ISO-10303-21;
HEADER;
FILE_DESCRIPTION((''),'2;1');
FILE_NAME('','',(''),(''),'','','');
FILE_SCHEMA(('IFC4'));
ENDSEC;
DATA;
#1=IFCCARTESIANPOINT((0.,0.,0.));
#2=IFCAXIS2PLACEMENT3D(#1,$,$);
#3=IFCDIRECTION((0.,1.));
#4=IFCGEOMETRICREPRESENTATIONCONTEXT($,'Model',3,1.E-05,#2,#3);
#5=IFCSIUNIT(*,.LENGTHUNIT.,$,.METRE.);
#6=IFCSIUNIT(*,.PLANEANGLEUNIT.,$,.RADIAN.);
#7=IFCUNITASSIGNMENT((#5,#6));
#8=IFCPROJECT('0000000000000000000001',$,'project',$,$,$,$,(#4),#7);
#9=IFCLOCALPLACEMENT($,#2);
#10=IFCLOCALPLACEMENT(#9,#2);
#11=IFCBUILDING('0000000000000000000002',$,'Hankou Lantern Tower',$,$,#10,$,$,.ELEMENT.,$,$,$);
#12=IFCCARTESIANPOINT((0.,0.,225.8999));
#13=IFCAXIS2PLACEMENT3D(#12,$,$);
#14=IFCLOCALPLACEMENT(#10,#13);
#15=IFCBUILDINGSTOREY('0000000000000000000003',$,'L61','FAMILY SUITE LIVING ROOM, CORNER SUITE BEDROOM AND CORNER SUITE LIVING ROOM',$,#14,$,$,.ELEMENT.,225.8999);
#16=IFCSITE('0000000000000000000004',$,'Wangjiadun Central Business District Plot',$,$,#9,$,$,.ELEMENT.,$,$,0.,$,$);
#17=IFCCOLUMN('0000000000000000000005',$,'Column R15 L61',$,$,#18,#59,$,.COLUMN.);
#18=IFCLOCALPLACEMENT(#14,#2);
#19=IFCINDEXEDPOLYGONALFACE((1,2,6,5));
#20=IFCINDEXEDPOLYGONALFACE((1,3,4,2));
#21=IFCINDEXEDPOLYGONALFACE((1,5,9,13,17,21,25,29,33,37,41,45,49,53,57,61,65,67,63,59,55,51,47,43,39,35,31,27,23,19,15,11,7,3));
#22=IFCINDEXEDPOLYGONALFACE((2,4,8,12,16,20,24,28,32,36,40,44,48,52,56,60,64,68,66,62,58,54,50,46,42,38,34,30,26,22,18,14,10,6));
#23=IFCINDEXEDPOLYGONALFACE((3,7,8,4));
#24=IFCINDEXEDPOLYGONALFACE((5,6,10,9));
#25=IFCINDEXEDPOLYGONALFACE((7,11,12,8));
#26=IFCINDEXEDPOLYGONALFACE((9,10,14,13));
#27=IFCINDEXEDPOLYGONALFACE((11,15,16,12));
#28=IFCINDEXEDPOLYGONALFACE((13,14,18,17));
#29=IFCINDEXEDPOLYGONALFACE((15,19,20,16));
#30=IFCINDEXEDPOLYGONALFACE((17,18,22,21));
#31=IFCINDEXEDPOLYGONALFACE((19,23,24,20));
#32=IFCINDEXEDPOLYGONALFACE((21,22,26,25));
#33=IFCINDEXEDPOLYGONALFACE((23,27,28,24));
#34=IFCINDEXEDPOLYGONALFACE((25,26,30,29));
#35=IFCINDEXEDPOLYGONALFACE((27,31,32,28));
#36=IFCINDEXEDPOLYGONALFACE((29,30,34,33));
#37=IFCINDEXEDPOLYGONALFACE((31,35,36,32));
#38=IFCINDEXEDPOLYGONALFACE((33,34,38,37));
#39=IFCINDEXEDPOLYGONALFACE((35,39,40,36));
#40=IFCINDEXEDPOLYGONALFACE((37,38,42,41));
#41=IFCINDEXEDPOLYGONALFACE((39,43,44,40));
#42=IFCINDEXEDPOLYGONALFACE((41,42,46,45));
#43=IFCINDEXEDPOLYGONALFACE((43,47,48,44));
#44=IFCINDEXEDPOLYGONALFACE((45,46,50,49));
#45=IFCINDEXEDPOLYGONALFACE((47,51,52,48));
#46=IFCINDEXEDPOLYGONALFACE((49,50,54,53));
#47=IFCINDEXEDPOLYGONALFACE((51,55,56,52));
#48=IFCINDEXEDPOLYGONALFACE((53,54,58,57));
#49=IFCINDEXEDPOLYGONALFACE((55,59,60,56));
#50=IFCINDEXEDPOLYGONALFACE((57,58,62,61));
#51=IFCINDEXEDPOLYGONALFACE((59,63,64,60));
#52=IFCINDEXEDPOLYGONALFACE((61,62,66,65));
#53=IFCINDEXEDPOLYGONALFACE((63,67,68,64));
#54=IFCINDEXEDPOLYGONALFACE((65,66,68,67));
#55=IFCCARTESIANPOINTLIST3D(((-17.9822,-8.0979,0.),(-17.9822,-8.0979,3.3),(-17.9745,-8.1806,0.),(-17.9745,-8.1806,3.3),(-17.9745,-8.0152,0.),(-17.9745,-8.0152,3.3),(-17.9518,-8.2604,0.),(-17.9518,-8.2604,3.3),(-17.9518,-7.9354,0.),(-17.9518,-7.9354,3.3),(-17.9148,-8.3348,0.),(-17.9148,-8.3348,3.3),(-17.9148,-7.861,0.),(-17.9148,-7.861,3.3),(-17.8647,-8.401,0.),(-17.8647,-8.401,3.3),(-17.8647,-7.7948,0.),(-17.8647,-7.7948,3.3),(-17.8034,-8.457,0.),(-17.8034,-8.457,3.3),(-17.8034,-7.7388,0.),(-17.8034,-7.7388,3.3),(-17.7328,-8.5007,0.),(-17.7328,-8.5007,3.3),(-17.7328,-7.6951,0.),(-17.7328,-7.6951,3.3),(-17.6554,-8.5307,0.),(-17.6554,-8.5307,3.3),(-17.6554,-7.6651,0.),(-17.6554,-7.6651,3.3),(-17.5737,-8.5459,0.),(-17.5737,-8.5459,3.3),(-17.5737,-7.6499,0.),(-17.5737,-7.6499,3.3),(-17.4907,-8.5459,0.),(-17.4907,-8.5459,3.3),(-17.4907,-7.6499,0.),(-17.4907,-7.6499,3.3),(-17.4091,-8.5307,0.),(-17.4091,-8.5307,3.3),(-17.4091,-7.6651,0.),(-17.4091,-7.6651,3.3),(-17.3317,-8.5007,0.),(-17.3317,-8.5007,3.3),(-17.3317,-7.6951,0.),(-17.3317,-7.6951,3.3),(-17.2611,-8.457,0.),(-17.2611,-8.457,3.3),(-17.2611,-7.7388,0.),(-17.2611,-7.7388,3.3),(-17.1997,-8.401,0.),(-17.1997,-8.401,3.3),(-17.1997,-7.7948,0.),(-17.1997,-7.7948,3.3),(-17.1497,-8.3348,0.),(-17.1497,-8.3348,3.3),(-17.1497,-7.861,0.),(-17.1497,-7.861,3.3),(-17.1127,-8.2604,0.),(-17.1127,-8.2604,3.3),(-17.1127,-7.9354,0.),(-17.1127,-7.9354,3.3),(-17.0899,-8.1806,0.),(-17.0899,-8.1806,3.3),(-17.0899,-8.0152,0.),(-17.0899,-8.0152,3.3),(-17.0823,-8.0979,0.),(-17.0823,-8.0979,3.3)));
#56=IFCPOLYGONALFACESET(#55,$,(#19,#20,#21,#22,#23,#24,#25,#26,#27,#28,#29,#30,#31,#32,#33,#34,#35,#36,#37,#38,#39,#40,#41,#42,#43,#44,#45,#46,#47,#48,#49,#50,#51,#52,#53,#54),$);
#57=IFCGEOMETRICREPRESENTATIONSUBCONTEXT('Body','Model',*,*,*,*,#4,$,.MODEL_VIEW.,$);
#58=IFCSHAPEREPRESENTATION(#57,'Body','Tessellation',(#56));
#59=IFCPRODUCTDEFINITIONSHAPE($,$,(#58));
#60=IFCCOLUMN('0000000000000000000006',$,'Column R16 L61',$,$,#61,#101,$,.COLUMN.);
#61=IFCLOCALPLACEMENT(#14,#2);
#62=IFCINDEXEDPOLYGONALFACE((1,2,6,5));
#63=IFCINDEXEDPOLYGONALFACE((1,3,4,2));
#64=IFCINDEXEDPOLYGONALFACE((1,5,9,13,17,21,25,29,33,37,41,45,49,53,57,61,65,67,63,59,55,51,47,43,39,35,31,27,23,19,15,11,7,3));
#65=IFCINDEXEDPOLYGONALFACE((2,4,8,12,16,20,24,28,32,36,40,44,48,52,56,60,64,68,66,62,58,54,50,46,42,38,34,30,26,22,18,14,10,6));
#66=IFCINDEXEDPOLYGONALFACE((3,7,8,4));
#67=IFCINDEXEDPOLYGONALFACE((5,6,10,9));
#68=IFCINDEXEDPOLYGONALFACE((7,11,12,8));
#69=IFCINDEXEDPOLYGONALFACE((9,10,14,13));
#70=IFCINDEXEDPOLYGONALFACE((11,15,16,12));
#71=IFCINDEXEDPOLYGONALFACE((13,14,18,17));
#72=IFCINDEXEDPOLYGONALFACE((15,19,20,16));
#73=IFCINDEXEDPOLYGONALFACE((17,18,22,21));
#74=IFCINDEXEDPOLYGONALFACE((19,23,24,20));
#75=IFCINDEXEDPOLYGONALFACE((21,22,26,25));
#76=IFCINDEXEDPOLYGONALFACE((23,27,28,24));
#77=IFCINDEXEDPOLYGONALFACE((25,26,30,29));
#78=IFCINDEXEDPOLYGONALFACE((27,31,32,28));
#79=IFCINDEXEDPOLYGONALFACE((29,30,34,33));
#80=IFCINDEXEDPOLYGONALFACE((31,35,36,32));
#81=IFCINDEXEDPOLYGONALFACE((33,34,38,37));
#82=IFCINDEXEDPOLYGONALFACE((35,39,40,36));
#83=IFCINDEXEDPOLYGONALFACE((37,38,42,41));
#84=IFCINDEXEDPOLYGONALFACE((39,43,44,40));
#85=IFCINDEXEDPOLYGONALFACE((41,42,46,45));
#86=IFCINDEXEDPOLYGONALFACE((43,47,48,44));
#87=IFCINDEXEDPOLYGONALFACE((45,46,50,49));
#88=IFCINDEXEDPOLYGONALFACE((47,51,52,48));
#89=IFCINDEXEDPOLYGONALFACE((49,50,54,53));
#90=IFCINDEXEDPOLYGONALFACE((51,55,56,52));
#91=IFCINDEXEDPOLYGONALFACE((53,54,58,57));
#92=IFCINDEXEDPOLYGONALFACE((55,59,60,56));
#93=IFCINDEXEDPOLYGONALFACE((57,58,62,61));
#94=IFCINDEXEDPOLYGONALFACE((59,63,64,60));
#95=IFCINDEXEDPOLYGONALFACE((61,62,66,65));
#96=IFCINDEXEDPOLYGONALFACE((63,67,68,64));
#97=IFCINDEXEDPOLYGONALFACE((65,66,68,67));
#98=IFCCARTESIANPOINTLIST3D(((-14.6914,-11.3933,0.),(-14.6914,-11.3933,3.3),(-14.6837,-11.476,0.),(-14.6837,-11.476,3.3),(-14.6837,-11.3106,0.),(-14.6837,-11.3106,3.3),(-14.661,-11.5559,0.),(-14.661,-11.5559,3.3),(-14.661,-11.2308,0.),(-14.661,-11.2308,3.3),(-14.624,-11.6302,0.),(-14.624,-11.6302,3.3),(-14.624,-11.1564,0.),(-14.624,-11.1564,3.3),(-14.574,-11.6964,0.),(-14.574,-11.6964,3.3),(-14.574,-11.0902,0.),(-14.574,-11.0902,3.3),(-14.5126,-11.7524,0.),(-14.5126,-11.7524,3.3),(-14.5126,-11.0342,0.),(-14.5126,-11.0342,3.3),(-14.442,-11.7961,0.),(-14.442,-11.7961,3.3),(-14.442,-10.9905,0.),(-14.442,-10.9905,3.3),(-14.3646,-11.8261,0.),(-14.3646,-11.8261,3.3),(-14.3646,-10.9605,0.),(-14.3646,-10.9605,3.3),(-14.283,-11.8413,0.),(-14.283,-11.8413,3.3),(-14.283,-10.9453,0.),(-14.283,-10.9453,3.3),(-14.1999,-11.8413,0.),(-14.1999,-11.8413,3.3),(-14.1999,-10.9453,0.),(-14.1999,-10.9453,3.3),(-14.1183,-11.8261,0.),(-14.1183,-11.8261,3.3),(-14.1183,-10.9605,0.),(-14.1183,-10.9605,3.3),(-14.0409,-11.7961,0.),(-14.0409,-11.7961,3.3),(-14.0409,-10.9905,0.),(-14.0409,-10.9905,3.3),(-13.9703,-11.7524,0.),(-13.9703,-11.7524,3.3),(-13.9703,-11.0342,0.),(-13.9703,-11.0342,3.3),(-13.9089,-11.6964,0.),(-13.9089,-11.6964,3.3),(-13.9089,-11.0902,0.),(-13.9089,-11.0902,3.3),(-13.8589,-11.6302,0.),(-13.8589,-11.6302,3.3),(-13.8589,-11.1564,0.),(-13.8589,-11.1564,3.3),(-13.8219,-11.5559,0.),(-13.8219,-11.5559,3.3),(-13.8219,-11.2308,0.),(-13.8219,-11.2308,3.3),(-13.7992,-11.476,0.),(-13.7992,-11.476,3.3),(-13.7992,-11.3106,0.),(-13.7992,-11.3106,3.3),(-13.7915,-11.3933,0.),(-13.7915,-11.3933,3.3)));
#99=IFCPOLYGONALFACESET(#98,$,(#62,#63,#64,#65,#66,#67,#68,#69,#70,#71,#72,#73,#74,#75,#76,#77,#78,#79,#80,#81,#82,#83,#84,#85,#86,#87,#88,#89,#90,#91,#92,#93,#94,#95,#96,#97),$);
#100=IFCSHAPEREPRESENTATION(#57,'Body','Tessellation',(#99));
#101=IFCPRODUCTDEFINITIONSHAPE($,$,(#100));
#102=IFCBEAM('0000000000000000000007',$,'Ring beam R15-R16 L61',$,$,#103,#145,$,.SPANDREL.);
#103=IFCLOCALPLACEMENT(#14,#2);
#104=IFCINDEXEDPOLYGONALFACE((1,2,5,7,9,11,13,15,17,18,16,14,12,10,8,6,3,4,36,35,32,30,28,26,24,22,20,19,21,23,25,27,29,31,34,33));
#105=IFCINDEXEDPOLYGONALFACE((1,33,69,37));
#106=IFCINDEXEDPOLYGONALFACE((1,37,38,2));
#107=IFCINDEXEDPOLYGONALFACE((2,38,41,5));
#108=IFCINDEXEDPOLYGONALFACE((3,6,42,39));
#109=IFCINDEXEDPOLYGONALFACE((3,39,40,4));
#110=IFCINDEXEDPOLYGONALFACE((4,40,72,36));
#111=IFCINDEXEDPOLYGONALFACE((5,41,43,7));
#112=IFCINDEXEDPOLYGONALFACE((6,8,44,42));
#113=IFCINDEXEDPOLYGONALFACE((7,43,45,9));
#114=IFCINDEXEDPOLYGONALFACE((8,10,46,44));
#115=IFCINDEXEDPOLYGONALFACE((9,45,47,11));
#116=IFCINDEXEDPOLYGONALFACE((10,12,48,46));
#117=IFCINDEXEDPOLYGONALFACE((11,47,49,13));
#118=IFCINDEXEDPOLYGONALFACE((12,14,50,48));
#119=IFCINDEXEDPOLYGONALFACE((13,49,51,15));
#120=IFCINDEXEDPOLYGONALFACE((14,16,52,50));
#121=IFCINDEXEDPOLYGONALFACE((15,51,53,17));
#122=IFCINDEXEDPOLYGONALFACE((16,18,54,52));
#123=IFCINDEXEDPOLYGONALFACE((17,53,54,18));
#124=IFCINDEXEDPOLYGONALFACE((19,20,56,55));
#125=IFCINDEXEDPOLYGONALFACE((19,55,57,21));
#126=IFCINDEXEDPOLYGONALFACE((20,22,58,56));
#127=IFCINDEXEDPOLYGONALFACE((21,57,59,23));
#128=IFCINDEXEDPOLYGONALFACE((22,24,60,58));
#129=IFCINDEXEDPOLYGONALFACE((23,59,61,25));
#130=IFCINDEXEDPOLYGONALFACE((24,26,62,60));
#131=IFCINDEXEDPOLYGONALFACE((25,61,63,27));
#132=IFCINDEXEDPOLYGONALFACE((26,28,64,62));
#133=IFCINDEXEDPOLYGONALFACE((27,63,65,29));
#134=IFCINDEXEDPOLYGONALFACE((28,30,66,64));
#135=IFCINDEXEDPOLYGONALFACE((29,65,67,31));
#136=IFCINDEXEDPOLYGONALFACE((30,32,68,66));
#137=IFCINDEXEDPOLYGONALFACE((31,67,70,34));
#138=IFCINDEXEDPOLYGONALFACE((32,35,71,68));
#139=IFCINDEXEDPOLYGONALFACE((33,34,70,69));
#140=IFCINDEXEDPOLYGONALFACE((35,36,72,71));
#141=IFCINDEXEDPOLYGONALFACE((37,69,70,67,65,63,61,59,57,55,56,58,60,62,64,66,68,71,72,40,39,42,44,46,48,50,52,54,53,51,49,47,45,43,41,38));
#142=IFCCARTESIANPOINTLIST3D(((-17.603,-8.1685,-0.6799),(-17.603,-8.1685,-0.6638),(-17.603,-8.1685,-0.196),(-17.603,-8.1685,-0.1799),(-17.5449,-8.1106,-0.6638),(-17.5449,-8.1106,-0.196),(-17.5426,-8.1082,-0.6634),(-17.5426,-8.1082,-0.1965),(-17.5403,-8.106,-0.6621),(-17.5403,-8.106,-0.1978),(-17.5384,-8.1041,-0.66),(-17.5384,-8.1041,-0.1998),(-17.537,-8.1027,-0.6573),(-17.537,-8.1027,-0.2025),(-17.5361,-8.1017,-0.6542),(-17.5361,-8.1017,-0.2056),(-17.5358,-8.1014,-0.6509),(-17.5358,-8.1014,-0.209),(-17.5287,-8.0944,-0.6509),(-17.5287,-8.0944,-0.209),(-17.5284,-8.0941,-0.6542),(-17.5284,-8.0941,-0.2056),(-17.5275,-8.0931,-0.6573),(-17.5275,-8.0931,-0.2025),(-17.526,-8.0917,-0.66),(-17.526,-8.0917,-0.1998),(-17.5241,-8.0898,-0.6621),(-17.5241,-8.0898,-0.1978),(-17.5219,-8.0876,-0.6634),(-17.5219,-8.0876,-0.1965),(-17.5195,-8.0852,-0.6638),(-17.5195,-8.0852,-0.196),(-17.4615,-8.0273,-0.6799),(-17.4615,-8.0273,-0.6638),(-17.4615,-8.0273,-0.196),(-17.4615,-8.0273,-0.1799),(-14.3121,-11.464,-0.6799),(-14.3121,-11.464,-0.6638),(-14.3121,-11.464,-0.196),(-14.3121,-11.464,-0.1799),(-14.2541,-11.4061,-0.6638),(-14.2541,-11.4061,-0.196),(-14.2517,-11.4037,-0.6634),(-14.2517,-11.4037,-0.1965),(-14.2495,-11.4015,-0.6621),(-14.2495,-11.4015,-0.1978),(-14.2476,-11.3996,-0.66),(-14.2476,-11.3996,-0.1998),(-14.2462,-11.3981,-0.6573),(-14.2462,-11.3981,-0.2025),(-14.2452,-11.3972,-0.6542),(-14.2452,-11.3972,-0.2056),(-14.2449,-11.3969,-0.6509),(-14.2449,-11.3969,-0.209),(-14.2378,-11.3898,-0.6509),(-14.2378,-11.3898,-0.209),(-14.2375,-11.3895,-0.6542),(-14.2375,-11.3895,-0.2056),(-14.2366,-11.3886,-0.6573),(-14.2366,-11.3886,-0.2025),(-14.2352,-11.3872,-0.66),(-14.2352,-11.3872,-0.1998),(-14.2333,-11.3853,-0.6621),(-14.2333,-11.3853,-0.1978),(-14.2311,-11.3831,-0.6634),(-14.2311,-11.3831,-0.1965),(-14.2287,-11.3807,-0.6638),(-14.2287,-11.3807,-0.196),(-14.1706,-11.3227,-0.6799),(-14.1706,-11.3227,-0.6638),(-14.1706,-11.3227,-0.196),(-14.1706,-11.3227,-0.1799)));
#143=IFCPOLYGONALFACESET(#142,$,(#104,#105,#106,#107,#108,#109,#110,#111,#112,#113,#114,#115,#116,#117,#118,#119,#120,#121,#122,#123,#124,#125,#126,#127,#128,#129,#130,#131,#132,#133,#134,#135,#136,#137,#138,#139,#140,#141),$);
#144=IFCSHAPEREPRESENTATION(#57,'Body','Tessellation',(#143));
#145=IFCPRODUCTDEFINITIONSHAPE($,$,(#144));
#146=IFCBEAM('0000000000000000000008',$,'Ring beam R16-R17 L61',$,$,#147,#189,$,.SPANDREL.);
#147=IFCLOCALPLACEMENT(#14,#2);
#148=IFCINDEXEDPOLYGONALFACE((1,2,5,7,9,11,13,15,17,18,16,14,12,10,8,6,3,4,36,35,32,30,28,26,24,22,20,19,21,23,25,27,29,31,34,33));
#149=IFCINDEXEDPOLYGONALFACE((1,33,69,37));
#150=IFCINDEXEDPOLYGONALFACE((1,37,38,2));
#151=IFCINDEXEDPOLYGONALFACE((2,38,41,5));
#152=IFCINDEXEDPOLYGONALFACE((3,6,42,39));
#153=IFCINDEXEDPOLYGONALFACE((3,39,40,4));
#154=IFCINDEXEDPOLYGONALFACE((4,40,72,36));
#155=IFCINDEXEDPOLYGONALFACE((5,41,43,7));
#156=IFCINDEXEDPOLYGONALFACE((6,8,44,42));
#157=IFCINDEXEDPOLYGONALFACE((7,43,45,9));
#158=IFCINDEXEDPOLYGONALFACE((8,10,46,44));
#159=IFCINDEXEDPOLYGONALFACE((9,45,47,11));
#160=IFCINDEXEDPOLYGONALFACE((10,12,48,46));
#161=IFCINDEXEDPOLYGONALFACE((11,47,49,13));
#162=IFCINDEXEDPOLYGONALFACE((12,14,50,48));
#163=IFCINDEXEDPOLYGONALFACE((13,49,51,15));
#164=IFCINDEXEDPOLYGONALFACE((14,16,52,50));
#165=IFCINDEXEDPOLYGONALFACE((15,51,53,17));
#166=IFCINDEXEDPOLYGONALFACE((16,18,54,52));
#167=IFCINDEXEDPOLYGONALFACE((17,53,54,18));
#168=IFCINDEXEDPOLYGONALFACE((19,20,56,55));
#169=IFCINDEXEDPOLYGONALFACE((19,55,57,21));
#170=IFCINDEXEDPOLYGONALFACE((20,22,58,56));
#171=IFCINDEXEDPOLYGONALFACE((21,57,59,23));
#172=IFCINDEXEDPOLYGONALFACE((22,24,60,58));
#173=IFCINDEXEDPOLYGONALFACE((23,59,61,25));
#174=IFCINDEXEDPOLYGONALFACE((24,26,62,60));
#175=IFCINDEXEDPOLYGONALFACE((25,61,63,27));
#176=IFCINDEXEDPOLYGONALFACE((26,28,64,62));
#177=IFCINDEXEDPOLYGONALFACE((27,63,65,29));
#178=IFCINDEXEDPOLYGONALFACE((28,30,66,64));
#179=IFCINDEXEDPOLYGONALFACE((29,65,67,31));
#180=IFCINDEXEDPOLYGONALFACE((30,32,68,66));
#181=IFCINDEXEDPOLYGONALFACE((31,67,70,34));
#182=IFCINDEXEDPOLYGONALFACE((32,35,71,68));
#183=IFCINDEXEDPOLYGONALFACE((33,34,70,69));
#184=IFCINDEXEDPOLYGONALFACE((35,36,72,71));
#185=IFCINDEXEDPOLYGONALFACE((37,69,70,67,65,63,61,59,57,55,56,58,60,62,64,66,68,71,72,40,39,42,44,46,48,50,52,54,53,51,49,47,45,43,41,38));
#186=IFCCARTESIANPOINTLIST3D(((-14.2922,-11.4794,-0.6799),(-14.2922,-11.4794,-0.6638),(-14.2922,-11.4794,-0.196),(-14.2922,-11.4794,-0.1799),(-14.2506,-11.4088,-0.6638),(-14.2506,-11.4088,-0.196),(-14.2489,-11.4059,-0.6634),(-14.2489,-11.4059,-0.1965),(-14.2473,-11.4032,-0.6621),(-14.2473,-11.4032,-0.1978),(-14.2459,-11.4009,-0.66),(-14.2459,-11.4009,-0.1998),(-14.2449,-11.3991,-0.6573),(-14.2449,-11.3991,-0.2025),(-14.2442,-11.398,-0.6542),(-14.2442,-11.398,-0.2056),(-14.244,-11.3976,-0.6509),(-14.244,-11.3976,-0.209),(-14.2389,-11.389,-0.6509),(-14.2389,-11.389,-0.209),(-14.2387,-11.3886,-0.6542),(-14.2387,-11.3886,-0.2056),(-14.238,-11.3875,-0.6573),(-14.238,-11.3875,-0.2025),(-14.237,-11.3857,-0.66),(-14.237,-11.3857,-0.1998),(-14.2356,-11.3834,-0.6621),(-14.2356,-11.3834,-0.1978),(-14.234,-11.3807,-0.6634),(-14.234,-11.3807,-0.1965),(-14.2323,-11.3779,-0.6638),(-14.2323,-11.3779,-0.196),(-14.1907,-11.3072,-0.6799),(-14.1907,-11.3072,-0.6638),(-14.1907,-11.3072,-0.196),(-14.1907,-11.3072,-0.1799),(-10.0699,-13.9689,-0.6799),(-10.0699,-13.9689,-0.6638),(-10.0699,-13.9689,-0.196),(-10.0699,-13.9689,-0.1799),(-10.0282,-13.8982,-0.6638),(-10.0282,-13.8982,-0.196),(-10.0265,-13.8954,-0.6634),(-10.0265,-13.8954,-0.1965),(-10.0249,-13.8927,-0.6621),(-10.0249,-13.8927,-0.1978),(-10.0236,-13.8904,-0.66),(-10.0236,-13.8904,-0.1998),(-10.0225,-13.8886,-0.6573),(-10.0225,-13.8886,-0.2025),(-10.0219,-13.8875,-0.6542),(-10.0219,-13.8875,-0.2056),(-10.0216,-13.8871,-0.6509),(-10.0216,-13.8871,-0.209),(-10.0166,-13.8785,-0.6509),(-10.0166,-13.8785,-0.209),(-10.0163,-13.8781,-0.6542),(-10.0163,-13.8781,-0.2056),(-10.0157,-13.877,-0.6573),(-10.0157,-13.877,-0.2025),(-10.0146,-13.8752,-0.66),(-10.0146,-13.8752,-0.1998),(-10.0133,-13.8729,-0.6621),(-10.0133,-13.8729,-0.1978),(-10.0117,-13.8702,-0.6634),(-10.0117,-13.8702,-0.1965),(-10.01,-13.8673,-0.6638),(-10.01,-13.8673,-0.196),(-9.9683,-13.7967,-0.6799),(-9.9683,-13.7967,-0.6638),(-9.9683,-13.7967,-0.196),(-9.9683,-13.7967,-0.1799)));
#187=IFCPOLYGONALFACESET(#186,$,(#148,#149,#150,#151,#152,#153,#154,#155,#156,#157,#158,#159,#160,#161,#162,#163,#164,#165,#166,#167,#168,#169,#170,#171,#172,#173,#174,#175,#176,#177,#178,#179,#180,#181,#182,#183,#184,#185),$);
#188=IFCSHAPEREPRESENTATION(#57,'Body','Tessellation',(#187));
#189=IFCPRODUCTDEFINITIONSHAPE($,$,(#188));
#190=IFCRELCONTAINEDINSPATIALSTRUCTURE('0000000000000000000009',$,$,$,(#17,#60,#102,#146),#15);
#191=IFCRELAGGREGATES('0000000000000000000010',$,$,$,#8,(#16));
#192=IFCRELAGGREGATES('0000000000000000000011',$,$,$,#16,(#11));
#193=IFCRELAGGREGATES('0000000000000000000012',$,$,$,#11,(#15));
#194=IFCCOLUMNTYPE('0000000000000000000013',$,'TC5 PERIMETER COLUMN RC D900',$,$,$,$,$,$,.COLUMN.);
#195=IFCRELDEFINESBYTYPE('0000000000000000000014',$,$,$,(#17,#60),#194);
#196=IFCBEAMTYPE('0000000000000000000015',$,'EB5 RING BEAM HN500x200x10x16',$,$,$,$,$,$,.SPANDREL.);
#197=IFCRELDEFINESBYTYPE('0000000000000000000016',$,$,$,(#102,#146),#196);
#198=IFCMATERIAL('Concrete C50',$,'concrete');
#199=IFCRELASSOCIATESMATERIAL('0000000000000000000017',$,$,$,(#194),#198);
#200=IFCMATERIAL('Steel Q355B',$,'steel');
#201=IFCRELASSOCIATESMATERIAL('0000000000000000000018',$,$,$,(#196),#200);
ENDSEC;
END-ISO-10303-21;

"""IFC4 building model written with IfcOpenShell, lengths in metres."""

from ifc_helpers import new_model, si_unit, direction, frame, origin, origin_2d, place, context, subcontext, project, spatial, circle, i_section, extrude, material, material_profile, profile_set, type_object, element, save


model = new_model("IFC4")

# Units and contexts
model_context = context("Model", 3, precision=1e-05, world=origin(), true_north=direction((0.0, 1.0)))
body_context = subcontext(model_context, "Body", "Model", "MODEL_VIEW")
ifc_project = project(units=[si_unit("LENGTHUNIT", "METRE"), si_unit("PLANEANGLEUNIT", "RADIAN")], contexts=[model_context])

# Site, building, storey
site_placement = place(None, origin())
site = spatial("IfcSite", under=ifc_project, at=site_placement, Name="Wangjiadun Central Business District Plot", CompositionType="ELEMENT", RefElevation=0.0)
building_placement = place(site_placement, origin())
building = spatial("IfcBuilding", under=site, at=building_placement, Name="Hankou Lantern Tower", CompositionType="ELEMENT")
storey_placement = place(building_placement, frame((0.0, 0.0, 225.8999)))
storey = spatial("IfcBuildingStorey", under=building, at=storey_placement, Name="L61", Description="FAMILY SUITE LIVING ROOM, CORNER SUITE BEDROOM AND CORNER SUITE LIVING ROOM", CompositionType="ELEMENT", Elevation=225.8999)

# Columns
ifc_material_1 = material(Name="Concrete C50", Category="concrete")
ifc_material_profile_1 = material_profile(ifc_material_1, circle(Radius=0.45, at=origin_2d()), Name="RC D900")
ifc_profile_set_1 = profile_set([ifc_material_profile_1], Name="Concrete C50")
column_type = type_object("IfcColumnType", Name="TC5 PERIMETER COLUMN RC D900", PredefinedType="COLUMN", material=ifc_profile_set_1)
for number, where, z_axis, x_axis, name in (
    (1, (-17.5322, -8.0979, 0.0), (0.0, 0.0, 1.0), (1.0, 0.0, 0.0), "Column R15 L61"),
    (2, (-14.2415, -11.3933, 0.0), (0.0, 0.0, 1.0), (1.0, 0.0, 0.0), "Column R16 L61"),
):
    element("IfcColumn", number, at=place(storey_placement, frame(where, z_axis=z_axis, x_axis=x_axis)), inside=storey, type_object=column_type, Name=name, PredefinedType="COLUMN", context=body_context, shape_type="SweptSolid", body=[
        extrude(circle(Radius=0.45, at=origin_2d()), origin(), (0.0, 0.0, 1.0), 3.3),
    ])

# Beams
ifc_material_2 = material(Name="Steel Q355B", Category="steel")
ifc_material_profile_2 = material_profile(ifc_material_2, i_section(OverallWidth=0.2, OverallDepth=0.5, WebThickness=0.01, FlangeThickness=0.0161, FilletRadius=0.0129, at=origin_2d()), Name="HN500x200x10x16")
ifc_profile_set_2 = profile_set([ifc_material_profile_2], Name="Steel Q355B")
beam_type_1 = type_object("IfcBeamType", Name="EB5 RING BEAM HN500x200x10x16", PredefinedType="SPANDREL", material=ifc_profile_set_2)
beam_1_placement = place(storey_placement, frame((-17.5322, -8.0979, -0.4299), z_axis=(0.706609, -0.707605, 0.0), x_axis=(0.707605, 0.706609, 0.0)))
element("IfcBeam", 3, at=beam_1_placement, inside=storey, type_object=beam_type_1, Name="Ring beam R15-R16 L61", PredefinedType="SPANDREL", context=body_context, shape_type="SweptSolid", body=[
    extrude(i_section(OverallWidth=0.2, OverallDepth=0.5, WebThickness=0.01, FlangeThickness=0.0161, FilletRadius=0.0129, at=origin_2d()), origin(), (0.0, 0.0, 1.0), 4.6572),
])
beam_2_placement = place(storey_placement, frame((-14.2415, -11.3933, -0.4299), z_axis=(0.861423, -0.507888, 0.0), x_axis=(0.507888, 0.861423, 0.0)))
element("IfcBeam", 4, at=beam_2_placement, inside=storey, type_object=beam_type_1, Name="Ring beam R16-R17 L61", PredefinedType="SPANDREL", context=body_context, shape_type="SweptSolid", body=[
    extrude(i_section(OverallWidth=0.2, OverallDepth=0.5, WebThickness=0.01, FlangeThickness=0.0161, FilletRadius=0.0129, at=origin_2d()), origin(), (0.0, 0.0, 1.0), 4.9016),
])

save(model, "model.ifc")
